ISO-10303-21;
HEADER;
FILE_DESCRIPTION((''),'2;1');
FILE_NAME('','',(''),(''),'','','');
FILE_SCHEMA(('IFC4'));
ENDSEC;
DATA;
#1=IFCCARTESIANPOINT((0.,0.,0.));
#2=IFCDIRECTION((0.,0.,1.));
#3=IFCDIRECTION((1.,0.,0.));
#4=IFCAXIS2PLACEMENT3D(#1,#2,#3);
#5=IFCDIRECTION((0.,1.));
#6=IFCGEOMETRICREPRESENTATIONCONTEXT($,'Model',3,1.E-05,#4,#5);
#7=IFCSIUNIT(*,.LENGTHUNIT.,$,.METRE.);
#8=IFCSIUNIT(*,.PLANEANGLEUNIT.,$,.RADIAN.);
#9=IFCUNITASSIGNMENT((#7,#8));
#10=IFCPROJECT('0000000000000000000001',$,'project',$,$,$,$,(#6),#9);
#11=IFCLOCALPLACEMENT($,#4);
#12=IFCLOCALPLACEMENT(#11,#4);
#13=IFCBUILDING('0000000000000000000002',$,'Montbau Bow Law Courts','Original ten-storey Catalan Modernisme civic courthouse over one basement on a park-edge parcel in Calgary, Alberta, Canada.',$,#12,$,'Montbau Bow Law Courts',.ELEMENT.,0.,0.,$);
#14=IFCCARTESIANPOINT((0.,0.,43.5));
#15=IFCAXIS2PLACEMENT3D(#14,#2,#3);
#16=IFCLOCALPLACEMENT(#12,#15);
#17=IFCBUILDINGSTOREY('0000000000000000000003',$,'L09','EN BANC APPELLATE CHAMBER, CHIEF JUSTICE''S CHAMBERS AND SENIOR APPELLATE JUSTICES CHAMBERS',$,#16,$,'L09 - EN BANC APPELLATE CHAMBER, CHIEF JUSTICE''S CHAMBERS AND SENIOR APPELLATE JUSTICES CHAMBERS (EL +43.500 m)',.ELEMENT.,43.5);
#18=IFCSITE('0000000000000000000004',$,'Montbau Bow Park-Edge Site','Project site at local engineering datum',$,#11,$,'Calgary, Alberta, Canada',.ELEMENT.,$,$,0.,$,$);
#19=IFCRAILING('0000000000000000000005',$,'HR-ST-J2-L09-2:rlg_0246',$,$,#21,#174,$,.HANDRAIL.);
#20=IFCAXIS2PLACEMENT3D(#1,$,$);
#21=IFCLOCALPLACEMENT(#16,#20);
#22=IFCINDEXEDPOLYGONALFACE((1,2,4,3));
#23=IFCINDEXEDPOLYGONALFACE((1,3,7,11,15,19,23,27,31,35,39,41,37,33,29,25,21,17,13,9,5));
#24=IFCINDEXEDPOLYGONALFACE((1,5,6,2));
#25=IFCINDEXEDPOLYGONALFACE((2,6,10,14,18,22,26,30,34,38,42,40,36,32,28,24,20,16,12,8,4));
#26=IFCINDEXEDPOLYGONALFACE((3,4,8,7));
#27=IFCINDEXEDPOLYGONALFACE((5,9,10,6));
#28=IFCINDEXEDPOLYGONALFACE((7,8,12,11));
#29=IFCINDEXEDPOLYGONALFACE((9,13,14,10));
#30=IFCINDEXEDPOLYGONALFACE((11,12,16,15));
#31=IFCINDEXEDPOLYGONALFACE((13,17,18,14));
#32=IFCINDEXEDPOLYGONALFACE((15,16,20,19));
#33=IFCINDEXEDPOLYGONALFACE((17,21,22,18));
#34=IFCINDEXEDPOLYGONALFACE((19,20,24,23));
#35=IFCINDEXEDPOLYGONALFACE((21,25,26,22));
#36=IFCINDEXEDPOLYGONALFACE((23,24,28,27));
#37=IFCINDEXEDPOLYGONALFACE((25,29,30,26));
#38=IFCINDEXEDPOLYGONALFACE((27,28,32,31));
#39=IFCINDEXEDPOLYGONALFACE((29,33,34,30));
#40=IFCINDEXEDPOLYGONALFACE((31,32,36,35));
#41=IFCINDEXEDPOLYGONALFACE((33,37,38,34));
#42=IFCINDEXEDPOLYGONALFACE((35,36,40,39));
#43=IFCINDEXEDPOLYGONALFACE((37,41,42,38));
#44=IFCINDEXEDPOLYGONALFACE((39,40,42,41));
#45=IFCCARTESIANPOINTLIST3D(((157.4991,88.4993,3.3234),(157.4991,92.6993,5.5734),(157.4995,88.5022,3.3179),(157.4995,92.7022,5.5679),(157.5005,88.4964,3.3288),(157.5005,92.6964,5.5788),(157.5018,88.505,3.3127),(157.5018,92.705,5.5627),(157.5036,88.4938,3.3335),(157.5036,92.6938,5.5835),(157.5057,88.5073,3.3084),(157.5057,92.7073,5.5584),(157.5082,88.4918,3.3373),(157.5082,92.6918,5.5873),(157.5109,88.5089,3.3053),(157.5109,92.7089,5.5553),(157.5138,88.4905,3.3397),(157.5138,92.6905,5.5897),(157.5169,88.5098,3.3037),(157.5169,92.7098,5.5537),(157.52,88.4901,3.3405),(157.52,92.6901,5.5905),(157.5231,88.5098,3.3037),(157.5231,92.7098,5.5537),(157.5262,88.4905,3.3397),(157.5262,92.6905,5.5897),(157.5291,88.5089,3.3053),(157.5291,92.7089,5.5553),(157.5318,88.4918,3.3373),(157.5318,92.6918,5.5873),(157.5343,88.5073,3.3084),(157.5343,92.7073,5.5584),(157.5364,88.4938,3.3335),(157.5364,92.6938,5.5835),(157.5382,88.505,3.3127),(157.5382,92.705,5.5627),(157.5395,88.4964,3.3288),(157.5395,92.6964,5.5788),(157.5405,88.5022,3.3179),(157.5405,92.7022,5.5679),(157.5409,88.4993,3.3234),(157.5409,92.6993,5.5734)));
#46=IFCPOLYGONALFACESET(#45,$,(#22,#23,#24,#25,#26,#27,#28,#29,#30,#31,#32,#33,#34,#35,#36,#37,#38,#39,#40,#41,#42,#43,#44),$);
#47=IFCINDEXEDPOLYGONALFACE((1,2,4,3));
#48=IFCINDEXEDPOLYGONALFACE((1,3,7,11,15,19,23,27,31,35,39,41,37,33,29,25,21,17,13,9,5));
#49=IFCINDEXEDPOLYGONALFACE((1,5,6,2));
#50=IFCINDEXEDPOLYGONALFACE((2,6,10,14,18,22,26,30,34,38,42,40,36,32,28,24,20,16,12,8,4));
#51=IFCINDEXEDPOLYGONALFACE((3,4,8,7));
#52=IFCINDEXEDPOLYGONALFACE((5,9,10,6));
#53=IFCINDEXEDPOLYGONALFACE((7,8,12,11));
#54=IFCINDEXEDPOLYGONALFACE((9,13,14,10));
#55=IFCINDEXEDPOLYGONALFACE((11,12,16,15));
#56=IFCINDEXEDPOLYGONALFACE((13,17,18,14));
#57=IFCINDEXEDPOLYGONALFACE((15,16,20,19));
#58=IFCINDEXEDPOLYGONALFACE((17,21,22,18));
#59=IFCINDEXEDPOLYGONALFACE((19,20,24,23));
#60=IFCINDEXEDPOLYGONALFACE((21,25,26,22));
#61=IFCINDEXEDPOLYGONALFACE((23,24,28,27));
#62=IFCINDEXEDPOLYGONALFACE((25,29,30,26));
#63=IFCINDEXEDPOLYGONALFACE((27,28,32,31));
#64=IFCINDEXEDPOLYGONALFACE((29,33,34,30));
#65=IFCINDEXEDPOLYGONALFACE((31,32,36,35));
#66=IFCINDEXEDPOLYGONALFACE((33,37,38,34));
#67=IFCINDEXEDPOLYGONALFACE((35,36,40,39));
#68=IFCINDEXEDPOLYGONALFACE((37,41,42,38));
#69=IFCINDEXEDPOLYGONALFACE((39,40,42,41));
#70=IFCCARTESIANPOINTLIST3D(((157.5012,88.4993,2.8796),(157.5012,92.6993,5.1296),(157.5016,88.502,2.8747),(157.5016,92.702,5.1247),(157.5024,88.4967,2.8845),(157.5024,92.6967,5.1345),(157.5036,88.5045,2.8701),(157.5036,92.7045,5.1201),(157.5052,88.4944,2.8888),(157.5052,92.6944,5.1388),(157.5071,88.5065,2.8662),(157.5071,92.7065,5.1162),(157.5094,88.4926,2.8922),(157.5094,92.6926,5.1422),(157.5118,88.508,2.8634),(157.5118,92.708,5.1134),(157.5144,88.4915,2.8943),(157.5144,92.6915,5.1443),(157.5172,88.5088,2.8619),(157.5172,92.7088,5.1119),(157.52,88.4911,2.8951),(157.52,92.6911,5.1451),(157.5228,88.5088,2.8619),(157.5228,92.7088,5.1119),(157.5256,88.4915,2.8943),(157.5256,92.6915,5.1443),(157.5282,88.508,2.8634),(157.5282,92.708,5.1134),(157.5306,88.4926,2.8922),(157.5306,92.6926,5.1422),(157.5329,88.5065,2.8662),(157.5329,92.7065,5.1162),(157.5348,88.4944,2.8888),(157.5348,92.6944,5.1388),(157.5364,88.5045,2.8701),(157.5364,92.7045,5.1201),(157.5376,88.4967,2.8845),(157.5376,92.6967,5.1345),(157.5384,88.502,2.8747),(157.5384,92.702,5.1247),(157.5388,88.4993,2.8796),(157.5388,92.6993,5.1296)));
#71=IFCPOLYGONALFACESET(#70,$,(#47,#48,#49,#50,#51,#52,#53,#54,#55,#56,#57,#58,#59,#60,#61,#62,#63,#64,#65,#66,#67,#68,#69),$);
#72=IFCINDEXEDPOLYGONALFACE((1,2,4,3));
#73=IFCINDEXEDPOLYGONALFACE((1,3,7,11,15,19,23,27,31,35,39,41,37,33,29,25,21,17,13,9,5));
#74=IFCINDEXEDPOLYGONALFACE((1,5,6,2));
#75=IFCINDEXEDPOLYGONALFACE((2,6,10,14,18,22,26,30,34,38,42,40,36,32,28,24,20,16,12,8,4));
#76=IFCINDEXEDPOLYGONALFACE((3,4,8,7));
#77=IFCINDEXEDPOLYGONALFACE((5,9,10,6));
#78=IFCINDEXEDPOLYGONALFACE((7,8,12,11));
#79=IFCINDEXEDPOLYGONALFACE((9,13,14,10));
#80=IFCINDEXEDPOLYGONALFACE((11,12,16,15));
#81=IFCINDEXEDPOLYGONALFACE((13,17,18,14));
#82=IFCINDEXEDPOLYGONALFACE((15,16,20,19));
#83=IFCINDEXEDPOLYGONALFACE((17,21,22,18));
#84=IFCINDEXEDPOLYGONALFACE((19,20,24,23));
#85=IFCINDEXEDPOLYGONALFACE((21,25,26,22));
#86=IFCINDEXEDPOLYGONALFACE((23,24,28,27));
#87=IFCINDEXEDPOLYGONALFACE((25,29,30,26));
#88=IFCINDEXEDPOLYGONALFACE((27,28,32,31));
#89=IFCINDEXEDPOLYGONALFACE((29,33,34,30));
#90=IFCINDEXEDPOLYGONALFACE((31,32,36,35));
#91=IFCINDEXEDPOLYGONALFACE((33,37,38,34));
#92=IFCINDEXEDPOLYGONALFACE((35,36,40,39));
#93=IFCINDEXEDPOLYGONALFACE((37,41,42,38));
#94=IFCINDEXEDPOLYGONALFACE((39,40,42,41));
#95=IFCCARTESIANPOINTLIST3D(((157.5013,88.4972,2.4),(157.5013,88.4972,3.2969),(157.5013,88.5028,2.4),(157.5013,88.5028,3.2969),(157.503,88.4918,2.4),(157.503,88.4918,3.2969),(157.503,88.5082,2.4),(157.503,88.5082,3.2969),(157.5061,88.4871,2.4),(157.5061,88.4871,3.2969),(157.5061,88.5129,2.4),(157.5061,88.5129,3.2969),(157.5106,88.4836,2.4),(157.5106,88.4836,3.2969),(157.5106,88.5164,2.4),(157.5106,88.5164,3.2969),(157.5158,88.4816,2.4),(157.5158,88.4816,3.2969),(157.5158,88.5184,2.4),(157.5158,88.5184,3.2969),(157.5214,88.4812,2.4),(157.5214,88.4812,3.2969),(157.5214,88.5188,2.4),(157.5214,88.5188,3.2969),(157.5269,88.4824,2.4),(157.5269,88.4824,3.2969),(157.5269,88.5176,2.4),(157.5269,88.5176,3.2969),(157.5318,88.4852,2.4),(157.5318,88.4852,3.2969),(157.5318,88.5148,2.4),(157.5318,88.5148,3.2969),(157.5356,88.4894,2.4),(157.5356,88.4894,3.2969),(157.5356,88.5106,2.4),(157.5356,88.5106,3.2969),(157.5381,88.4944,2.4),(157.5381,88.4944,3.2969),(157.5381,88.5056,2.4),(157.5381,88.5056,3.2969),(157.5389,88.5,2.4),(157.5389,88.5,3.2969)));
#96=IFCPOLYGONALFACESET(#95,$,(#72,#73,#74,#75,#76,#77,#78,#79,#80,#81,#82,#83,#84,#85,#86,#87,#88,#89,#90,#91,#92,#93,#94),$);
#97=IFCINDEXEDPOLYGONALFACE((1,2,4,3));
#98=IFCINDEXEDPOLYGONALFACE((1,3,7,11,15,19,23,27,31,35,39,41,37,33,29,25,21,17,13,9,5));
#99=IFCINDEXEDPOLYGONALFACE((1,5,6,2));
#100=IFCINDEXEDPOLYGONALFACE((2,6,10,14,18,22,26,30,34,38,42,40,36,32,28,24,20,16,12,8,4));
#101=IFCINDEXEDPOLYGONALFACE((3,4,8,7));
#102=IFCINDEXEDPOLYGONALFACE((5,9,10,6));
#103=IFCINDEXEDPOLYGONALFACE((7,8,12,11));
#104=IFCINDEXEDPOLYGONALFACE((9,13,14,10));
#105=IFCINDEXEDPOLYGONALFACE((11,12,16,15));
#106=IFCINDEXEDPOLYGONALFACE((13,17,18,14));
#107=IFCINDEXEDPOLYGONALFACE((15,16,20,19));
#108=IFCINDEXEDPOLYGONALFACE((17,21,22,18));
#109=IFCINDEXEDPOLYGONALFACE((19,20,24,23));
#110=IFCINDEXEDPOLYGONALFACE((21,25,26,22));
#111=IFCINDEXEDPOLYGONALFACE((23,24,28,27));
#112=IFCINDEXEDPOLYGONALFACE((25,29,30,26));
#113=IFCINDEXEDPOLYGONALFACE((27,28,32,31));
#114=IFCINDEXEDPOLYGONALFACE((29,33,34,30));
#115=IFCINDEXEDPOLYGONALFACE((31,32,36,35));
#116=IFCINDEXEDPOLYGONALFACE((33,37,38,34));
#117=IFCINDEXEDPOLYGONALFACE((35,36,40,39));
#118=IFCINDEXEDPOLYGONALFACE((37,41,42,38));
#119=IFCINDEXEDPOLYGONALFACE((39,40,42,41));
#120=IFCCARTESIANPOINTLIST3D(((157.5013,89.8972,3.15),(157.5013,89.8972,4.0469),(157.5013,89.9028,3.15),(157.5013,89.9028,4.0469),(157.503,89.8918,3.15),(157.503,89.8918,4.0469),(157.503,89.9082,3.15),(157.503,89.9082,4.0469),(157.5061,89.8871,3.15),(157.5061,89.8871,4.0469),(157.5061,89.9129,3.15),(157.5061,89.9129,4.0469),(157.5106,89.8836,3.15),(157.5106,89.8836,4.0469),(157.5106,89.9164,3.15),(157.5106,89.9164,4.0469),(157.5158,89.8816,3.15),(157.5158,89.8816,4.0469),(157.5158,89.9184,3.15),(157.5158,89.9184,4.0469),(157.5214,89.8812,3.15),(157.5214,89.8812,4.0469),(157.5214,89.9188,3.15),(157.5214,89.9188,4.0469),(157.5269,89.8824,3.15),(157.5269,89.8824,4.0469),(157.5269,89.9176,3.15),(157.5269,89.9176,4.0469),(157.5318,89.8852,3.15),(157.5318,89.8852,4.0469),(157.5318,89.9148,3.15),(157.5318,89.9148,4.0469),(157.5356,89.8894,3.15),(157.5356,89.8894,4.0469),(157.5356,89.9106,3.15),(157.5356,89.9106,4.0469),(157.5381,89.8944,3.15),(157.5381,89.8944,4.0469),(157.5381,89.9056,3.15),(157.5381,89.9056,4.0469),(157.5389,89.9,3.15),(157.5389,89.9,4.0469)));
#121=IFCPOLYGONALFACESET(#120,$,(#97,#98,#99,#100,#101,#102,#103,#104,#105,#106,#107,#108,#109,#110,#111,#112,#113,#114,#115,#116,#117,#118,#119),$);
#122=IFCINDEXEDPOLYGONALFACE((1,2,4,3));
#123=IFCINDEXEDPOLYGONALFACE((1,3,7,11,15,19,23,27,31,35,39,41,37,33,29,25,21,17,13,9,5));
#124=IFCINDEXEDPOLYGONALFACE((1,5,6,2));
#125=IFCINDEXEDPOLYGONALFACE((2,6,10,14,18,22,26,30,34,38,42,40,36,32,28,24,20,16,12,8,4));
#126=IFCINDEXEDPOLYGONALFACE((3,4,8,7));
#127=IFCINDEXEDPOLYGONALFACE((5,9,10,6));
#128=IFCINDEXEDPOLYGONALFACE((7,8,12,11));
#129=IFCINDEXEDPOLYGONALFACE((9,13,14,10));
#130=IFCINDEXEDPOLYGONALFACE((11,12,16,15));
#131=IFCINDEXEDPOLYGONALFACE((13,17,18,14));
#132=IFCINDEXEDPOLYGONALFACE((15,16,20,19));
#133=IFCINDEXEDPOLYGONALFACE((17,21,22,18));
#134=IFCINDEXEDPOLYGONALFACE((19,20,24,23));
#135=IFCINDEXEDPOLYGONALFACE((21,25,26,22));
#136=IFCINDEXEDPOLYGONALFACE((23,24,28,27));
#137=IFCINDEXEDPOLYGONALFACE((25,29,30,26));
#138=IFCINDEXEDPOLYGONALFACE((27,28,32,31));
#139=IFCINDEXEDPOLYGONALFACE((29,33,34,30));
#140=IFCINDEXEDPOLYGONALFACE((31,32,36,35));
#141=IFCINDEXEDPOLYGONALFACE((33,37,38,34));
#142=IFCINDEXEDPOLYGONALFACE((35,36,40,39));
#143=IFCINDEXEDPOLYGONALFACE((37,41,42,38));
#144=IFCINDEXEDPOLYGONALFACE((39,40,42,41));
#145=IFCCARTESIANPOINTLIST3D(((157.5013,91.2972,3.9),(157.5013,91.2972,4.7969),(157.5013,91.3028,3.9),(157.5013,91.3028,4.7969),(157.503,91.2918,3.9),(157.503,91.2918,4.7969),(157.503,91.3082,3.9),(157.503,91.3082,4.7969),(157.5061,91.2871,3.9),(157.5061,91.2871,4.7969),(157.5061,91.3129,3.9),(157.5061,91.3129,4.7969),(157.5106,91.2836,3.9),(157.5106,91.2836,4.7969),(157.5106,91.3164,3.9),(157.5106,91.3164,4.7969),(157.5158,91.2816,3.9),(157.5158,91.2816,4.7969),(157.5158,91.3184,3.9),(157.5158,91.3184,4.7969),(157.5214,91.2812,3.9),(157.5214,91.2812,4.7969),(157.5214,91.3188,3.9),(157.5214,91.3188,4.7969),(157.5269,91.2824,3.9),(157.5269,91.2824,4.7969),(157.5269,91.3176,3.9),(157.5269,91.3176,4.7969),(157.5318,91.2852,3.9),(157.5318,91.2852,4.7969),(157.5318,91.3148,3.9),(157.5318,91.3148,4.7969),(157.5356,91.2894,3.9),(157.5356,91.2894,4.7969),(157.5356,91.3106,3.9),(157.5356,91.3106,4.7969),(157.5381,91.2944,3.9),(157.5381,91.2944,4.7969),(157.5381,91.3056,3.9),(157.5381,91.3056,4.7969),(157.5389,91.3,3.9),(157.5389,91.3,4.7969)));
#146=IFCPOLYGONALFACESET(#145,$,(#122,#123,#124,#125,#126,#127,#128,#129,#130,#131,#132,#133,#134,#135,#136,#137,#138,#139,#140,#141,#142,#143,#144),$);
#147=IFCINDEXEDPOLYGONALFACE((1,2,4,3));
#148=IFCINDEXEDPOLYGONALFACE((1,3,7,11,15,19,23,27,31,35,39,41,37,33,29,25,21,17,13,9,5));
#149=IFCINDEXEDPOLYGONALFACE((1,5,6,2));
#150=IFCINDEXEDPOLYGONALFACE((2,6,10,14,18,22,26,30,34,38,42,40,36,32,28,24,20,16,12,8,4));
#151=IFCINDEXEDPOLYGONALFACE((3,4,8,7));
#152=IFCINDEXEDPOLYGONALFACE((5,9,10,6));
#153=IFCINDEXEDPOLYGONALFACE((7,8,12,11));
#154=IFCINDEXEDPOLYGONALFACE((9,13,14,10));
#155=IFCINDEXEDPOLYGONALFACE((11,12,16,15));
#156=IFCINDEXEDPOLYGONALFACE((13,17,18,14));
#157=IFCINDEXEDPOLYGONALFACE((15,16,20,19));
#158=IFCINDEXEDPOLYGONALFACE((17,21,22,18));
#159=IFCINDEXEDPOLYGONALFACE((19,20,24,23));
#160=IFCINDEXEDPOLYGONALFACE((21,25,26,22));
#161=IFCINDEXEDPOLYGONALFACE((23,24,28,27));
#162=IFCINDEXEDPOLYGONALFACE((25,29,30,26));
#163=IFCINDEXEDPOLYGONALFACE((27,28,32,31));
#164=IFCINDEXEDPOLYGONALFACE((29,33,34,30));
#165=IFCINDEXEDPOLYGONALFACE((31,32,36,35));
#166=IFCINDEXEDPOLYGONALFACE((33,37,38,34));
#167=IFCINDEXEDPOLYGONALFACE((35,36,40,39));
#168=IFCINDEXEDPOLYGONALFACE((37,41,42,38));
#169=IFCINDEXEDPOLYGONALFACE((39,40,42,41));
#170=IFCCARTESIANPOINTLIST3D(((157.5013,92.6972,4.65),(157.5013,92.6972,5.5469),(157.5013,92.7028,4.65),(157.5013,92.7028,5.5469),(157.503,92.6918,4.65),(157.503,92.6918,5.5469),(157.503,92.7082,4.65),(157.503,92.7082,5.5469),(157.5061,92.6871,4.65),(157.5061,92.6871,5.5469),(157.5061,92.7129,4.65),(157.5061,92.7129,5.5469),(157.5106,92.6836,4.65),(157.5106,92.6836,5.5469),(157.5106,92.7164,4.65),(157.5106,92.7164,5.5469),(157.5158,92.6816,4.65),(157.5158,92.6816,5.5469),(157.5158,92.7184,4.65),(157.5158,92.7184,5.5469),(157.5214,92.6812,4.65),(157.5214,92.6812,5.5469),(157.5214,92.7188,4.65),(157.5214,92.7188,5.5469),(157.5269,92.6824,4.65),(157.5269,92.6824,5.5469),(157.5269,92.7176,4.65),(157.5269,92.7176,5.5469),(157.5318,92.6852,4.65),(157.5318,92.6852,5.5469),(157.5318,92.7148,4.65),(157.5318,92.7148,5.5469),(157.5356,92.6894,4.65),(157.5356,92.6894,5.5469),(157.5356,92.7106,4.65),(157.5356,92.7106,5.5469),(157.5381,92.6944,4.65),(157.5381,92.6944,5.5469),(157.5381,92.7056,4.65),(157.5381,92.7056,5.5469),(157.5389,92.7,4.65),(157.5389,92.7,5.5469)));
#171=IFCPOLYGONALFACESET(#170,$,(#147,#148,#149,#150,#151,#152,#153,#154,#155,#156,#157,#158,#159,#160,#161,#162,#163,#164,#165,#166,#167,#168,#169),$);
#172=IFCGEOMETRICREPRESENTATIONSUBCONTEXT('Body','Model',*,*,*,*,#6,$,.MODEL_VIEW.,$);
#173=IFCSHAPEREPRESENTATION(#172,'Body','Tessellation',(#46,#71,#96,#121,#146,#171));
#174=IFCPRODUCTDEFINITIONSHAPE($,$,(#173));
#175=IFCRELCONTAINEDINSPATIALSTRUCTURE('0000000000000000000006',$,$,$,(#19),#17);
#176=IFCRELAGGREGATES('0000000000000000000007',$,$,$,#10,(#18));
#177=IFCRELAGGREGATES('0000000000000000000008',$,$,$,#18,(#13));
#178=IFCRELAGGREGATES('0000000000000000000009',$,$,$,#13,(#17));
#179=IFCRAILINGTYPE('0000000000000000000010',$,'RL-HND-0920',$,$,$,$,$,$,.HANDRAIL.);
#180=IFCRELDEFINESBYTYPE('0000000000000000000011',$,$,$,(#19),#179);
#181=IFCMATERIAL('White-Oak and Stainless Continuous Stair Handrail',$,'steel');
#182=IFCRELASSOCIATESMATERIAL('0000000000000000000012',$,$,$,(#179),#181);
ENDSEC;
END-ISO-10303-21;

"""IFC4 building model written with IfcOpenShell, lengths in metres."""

from ifc_helpers import new_model, si_unit, direction, frame, origin_with_axes, origin_2d_with_axis, place, context, subcontext, project, spatial, circle, extrude, material, type_object, element, save


model = new_model("IFC4")

# Units and contexts
model_context = context("Model", 3, precision=1e-05, world=origin_with_axes(), true_north=direction((0.0, 1.0)))
body_context = subcontext(model_context, "Body", "Model", "MODEL_VIEW")
ifc_project = project(units=[si_unit("LENGTHUNIT", "METRE"), si_unit("PLANEANGLEUNIT", "RADIAN")], contexts=[model_context])

# Site, building, storey
site_placement = place(None, origin_with_axes())
site = spatial("IfcSite", under=ifc_project, at=site_placement, Name="Montbau Bow Park-Edge Site", Description="Project site at local engineering datum", LongName="Calgary, Alberta, Canada", CompositionType="ELEMENT", RefElevation=0.0)
building_placement = place(site_placement, origin_with_axes())
building = spatial("IfcBuilding", under=site, at=building_placement, Name="Montbau Bow Law Courts", Description="Original ten-storey Catalan Modernisme civic courthouse over one basement on a park-edge parcel in Calgary, Alberta, Canada.", LongName="Montbau Bow Law Courts", CompositionType="ELEMENT", ElevationOfRefHeight=0.0, ElevationOfTerrain=0.0)
storey_placement = place(building_placement, frame((0.0, 0.0, 43.5), z_axis=(0.0, 0.0, 1.0), x_axis=(1.0, 0.0, 0.0)))
storey = spatial("IfcBuildingStorey", under=building, at=storey_placement, Name="L09", Description="EN BANC APPELLATE CHAMBER, CHIEF JUSTICE'S CHAMBERS AND SENIOR APPELLATE JUSTICES CHAMBERS", LongName="L09 - EN BANC APPELLATE CHAMBER, CHIEF JUSTICE'S CHAMBERS AND SENIOR APPELLATE JUSTICES CHAMBERS (EL +43.500 m)", CompositionType="ELEMENT", Elevation=43.5)

# Railing
ifc_material_1 = material(Name="White-Oak and Stainless Continuous Stair Handrail", Category="steel")
railing_type_1 = type_object("IfcRailingType", Name="RL-HND-0920", PredefinedType="HANDRAIL", material=ifc_material_1)
railing_1_placement = place(None, origin_with_axes())
element("IfcRailing", 1, at=railing_1_placement, inside=storey, type_object=railing_type_1, Name="HR-ST-J2-L09-2:rlg_0246", PredefinedType="HANDRAIL", context=body_context, shape_type="SweptSolid", body=[
    extrude(circle(Radius=0.021, at=origin_2d_with_axis()), frame((157.52, 88.5, 46.822), z_axis=(0.0, 0.88148, 0.472221), x_axis=(0.0, -0.472221, 0.88148)), (0.0, 0.0, 1.0), 4.7647),
    extrude(circle(Radius=0.0189, at=origin_2d_with_axis()), frame((157.52, 88.5, 46.3784), z_axis=(0.0, 0.88148, 0.472221), x_axis=(0.0, -0.472221, 0.88148)), (0.0, 0.0, 1.0), 4.7647),
    extrude(circle(Radius=0.0189, at=origin_2d_with_axis()), frame((157.52, 88.5, 45.9), z_axis=(0.0, 0.0, 1.0), x_axis=(1.0, 0.0, 0.0)), (0.0, 0.0, 1.0), 0.8969),
    extrude(circle(Radius=0.0189, at=origin_2d_with_axis()), frame((157.52, 89.9, 46.65), z_axis=(0.0, 0.0, 1.0), x_axis=(1.0, 0.0, 0.0)), (0.0, 0.0, 1.0), 0.8969),
    extrude(circle(Radius=0.0189, at=origin_2d_with_axis()), frame((157.52, 91.3, 47.4), z_axis=(0.0, 0.0, 1.0), x_axis=(1.0, 0.0, 0.0)), (0.0, 0.0, 1.0), 0.8969),
    extrude(circle(Radius=0.0189, at=origin_2d_with_axis()), frame((157.52, 92.7, 48.15), z_axis=(0.0, 0.0, 1.0), x_axis=(1.0, 0.0, 0.0)), (0.0, 0.0, 1.0), 0.8969),
])

save(model, "model.ifc")
